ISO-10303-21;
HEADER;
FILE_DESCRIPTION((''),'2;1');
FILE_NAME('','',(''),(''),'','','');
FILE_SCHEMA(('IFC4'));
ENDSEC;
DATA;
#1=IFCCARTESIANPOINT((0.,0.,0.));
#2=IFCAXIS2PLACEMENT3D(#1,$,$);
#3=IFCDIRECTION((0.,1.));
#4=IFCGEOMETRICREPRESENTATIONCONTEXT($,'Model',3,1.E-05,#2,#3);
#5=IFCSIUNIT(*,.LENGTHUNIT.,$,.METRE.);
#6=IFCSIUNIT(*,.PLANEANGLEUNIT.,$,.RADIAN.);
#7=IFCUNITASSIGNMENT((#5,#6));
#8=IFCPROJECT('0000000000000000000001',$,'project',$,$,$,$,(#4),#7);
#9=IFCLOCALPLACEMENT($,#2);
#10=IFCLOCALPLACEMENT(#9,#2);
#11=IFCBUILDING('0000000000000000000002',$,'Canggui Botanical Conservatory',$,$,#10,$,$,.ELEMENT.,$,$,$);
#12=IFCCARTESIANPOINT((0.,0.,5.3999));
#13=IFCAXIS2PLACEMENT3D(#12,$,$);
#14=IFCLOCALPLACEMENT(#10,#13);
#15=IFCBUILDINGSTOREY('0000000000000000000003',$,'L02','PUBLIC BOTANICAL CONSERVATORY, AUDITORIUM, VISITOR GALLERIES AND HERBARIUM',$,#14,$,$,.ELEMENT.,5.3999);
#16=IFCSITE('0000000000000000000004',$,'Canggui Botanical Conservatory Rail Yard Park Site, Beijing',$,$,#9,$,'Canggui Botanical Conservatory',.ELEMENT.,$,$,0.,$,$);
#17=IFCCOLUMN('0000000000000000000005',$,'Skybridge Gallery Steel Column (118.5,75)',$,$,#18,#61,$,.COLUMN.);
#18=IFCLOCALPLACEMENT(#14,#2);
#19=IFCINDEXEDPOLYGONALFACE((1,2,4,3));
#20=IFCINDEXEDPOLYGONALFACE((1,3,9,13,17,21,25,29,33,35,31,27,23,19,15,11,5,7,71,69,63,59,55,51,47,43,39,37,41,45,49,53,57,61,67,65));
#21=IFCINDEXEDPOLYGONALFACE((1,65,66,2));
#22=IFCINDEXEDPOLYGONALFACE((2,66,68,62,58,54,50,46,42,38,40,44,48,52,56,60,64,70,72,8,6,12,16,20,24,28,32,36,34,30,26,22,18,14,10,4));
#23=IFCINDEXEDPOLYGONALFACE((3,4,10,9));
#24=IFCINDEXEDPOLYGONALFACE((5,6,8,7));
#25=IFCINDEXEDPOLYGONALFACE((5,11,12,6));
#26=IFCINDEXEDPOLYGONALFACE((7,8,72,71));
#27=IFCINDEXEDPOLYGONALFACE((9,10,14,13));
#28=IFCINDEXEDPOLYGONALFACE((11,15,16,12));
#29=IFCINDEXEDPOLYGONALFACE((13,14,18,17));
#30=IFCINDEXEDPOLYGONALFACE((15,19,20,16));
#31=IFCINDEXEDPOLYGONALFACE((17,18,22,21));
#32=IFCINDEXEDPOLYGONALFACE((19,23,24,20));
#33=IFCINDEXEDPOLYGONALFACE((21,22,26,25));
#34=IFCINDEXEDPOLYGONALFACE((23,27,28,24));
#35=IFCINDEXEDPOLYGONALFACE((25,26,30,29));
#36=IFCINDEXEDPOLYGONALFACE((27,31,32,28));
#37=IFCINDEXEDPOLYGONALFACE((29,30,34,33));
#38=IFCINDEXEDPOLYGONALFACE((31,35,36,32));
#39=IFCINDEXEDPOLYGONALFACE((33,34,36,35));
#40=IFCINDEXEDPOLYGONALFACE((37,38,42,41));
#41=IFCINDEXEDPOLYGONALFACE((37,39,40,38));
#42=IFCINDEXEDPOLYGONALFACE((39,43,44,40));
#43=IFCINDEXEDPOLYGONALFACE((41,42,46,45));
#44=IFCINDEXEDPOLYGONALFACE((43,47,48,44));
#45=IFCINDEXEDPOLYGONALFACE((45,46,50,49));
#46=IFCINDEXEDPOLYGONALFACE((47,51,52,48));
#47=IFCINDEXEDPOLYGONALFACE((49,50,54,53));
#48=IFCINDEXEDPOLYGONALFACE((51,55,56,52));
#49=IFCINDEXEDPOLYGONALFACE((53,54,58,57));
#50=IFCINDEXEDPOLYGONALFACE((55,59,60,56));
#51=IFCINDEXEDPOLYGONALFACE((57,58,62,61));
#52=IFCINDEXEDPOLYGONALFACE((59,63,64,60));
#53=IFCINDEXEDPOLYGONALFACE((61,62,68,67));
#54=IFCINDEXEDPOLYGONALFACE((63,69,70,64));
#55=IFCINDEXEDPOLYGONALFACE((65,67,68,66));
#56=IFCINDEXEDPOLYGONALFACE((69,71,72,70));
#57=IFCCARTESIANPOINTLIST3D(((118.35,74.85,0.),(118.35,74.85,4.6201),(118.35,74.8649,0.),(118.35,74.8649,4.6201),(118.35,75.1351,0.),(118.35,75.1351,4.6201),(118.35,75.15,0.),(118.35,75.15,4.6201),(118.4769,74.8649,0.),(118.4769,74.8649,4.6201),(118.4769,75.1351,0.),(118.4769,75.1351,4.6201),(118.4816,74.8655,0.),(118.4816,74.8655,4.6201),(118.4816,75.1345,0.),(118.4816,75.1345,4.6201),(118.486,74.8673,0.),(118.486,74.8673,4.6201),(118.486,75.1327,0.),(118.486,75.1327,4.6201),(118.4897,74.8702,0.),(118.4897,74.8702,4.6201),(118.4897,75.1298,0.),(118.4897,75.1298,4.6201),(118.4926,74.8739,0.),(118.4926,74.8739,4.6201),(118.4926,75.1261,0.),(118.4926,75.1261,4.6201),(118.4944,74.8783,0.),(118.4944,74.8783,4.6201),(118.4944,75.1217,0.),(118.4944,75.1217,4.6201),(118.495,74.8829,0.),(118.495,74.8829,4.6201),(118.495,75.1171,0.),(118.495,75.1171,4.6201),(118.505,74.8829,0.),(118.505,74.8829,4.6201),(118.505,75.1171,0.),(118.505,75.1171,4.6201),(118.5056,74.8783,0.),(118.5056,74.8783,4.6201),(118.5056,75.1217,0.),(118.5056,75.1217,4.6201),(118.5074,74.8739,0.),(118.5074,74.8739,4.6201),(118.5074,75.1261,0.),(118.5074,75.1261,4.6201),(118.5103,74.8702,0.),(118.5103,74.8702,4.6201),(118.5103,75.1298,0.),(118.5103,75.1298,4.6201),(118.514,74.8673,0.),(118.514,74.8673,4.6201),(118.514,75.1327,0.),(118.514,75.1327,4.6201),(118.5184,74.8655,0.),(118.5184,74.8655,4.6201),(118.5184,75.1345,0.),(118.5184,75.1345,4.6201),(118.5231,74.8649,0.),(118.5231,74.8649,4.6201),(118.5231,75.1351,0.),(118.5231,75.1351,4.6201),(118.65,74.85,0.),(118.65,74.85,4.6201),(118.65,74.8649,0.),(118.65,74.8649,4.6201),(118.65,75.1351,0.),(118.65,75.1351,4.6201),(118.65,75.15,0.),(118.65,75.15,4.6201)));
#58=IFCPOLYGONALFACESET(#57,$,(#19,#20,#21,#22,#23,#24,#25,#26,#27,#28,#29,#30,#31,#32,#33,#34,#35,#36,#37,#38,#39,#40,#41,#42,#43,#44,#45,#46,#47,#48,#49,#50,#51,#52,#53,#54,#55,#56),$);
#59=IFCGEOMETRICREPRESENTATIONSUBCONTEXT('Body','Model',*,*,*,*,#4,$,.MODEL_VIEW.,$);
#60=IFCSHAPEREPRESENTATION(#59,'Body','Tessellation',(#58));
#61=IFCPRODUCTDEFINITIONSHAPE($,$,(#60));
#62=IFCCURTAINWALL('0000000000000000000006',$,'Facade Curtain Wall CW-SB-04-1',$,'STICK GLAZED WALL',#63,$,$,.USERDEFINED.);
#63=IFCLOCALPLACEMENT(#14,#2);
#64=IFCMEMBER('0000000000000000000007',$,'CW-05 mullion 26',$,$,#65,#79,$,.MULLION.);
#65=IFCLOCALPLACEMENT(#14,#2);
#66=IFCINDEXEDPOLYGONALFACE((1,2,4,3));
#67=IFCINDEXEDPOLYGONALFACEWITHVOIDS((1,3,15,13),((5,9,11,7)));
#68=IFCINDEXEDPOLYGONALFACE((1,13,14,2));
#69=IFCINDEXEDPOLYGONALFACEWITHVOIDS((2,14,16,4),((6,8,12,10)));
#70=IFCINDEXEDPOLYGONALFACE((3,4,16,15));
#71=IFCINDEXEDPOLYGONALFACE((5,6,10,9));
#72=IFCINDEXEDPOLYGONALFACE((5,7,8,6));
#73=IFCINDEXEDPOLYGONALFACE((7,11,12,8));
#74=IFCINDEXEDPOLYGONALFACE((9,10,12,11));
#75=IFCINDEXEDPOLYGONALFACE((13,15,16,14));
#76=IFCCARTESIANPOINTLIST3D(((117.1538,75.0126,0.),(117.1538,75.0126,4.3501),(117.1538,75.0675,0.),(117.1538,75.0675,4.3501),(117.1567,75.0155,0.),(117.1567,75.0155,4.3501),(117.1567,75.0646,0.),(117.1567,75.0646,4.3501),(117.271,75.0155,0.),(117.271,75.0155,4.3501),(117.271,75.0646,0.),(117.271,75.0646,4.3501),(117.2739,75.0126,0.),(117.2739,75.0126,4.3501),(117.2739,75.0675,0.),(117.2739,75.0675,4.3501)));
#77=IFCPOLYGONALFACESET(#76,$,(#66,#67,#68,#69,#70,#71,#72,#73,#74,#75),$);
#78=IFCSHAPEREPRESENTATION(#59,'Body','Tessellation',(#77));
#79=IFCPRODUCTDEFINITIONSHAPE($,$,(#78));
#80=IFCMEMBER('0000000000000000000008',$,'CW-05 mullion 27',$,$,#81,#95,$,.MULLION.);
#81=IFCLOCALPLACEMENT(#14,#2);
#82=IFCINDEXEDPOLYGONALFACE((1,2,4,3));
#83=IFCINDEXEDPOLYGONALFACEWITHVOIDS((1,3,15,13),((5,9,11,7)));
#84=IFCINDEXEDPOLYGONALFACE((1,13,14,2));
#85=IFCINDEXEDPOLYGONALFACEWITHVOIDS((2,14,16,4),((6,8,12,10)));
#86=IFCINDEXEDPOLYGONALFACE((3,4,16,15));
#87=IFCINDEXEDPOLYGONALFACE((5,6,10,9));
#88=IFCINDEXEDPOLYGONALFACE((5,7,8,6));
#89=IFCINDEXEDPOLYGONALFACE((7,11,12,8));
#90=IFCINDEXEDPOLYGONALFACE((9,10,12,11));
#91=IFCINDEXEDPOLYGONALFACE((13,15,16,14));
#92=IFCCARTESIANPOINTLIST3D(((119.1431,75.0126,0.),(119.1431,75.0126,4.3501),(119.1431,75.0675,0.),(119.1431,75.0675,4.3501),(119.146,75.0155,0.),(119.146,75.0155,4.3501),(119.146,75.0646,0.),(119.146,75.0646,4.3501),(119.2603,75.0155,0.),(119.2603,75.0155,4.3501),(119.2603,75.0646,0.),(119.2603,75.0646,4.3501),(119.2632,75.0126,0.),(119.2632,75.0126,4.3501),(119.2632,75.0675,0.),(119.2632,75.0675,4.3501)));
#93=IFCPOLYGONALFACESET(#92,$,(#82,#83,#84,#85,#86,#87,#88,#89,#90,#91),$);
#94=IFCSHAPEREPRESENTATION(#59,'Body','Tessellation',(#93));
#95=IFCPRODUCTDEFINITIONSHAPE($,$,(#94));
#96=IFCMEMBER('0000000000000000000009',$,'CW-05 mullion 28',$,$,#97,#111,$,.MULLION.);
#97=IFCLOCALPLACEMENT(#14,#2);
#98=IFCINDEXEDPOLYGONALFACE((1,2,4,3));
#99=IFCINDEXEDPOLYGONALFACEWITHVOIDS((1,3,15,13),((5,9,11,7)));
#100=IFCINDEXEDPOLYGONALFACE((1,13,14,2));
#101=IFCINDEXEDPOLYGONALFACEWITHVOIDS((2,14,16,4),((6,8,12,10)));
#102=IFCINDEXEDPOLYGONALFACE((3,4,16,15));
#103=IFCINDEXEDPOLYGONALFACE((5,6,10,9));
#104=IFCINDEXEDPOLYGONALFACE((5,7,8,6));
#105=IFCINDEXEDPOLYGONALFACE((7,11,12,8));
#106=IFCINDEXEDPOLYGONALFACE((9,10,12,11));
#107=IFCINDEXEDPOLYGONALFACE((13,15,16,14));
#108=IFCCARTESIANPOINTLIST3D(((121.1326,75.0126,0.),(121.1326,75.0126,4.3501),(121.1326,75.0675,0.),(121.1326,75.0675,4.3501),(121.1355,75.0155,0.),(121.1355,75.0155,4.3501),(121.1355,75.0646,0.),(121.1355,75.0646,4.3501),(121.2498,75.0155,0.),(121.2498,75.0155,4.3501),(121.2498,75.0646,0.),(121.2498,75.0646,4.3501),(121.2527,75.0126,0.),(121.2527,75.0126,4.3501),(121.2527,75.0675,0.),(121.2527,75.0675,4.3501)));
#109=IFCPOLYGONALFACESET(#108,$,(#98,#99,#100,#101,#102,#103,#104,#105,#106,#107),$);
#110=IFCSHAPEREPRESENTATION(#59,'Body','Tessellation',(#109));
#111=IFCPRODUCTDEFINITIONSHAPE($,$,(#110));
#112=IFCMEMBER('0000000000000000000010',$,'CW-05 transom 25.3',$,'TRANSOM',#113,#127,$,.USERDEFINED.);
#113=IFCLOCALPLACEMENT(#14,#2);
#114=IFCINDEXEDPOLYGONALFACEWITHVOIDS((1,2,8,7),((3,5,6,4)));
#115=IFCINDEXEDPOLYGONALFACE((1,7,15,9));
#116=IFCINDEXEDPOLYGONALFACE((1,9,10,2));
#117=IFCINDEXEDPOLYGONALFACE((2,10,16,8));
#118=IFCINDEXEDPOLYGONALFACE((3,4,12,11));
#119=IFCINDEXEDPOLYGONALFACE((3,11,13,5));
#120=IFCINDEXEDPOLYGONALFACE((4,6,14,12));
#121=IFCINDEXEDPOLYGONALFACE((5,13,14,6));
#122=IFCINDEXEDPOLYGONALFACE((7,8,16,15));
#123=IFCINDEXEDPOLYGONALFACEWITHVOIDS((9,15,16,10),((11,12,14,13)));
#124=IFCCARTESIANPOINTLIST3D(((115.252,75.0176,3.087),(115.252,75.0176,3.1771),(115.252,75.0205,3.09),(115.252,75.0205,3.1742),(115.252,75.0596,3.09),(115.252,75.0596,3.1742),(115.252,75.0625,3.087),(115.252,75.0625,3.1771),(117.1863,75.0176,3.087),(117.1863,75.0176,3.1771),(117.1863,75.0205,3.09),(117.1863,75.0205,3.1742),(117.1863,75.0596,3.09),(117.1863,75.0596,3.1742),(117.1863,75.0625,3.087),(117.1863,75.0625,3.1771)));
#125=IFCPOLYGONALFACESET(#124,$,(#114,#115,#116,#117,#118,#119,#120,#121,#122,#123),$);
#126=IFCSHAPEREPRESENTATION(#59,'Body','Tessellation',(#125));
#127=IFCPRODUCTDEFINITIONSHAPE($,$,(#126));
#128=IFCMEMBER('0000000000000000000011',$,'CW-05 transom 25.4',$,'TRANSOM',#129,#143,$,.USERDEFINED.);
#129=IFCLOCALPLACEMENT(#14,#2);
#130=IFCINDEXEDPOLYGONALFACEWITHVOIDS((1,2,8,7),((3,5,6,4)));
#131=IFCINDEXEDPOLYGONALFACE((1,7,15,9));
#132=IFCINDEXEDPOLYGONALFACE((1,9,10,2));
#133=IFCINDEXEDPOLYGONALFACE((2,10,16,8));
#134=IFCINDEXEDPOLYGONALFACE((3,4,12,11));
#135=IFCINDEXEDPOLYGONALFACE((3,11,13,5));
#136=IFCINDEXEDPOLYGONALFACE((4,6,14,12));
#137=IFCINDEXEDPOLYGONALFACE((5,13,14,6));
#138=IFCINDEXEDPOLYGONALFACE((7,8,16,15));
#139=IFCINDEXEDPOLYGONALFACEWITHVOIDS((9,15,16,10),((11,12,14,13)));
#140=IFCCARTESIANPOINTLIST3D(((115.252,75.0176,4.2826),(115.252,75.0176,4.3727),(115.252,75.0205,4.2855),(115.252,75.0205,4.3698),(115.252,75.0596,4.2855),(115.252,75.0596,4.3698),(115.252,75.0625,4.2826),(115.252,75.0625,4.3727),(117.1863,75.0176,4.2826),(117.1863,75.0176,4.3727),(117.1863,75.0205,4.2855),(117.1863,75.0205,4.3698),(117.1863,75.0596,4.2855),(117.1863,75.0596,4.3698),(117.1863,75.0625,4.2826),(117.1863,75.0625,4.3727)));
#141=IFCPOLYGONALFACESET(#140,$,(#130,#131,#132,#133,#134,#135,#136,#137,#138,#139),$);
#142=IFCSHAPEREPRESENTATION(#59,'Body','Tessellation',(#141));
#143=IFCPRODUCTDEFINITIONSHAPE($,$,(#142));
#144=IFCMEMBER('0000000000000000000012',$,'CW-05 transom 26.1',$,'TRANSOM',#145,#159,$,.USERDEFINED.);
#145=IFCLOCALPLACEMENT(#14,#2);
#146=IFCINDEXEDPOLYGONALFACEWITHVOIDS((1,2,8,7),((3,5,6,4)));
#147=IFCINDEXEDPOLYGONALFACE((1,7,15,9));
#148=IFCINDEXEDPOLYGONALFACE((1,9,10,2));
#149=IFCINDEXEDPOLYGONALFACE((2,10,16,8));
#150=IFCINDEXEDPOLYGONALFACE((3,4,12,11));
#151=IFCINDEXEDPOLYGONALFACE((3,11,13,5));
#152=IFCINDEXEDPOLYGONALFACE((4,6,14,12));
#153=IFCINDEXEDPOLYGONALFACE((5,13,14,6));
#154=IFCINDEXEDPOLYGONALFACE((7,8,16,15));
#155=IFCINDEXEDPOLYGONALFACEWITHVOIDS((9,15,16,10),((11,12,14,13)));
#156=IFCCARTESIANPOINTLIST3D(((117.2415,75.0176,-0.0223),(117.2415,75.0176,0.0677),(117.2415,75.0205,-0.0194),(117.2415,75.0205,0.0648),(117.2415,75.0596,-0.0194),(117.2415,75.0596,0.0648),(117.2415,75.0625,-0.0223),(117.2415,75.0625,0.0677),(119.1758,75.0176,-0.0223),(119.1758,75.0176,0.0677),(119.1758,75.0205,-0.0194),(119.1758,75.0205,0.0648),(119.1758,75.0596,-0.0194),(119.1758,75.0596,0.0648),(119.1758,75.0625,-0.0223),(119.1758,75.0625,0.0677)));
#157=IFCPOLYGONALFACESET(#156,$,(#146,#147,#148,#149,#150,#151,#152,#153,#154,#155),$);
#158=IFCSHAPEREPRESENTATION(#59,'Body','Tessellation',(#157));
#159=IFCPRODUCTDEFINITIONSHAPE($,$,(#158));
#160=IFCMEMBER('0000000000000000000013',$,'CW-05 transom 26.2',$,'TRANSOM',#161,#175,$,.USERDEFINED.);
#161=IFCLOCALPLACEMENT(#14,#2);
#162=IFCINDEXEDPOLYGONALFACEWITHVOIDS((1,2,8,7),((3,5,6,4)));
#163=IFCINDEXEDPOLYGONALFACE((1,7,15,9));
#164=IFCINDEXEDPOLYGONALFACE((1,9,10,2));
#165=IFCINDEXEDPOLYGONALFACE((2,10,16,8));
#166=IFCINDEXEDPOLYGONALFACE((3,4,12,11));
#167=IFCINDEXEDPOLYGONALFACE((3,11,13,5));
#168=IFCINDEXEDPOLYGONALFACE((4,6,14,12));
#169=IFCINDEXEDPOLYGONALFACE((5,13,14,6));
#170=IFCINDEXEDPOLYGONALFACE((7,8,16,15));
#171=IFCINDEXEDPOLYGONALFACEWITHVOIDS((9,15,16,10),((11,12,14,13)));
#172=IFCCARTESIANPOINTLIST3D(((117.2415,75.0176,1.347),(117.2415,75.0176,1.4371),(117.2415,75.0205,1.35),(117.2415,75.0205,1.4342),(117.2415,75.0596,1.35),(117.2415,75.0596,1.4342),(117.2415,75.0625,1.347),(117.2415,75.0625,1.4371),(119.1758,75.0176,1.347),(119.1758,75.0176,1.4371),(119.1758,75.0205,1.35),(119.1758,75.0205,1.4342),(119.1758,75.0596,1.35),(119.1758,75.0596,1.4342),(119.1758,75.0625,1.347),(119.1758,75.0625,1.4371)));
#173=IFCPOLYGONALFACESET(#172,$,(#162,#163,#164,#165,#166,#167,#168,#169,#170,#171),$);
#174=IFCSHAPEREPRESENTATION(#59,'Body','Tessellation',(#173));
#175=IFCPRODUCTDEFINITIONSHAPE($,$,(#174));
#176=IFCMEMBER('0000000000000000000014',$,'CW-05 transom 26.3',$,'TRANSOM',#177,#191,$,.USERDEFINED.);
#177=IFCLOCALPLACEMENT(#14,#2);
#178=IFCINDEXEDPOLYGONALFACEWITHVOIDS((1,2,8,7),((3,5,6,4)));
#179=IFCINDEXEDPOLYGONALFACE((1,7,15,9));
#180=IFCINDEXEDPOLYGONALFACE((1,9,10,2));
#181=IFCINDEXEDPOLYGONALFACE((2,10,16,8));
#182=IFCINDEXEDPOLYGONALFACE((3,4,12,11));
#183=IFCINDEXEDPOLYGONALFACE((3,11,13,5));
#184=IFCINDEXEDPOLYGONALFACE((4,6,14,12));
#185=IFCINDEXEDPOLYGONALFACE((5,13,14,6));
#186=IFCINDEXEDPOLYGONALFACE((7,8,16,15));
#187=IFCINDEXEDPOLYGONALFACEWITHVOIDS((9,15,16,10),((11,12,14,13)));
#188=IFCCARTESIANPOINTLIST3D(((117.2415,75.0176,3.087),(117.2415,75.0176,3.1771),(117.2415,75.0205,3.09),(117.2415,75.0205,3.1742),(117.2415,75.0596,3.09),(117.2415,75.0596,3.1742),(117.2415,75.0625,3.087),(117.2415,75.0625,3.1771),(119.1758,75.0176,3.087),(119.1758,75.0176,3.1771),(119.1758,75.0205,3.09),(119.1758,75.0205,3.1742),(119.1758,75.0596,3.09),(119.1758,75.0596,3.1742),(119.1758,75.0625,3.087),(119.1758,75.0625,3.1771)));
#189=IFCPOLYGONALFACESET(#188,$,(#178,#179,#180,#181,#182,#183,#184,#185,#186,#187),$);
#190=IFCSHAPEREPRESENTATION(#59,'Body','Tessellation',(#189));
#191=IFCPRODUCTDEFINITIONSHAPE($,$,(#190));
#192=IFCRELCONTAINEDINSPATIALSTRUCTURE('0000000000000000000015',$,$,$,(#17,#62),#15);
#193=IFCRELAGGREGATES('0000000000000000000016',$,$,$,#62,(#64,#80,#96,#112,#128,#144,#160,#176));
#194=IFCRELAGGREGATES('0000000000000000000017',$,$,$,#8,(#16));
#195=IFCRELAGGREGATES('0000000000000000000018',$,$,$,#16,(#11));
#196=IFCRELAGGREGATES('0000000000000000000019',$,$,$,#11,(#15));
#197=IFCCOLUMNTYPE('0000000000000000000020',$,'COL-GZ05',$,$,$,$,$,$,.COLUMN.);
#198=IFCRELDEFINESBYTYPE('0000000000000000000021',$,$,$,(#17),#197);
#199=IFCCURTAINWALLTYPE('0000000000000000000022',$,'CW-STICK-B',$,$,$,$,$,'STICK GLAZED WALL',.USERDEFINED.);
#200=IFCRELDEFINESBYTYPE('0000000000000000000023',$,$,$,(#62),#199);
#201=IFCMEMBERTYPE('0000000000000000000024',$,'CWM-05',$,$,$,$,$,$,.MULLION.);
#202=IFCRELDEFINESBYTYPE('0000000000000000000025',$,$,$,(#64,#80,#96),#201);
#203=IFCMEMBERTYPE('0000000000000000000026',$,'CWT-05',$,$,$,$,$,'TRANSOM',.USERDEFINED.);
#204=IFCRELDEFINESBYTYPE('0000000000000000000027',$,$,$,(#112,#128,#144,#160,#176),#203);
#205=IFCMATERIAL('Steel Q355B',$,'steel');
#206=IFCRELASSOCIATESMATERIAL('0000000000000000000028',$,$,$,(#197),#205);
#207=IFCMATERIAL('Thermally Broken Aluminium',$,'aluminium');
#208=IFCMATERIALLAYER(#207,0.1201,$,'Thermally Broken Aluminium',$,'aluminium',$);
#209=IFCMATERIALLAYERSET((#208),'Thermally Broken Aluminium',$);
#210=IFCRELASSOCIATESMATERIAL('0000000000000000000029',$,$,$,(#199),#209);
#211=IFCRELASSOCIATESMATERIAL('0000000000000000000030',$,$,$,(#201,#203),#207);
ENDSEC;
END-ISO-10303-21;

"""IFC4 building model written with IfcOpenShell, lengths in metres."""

from ifc_helpers import new_model, si_unit, direction, frame, origin, origin_2d, place, context, subcontext, project, spatial, hollow_rectangle, i_section, extrude, material, layer, layer_set, material_profile, profile_set, type_object, element, aggregate, save


model = new_model("IFC4")

# Units and contexts
model_context = context("Model", 3, precision=1e-05, world=origin(), true_north=direction((0.0, 1.0)))
body_context = subcontext(model_context, "Body", "Model", "MODEL_VIEW")
ifc_project = project(units=[si_unit("LENGTHUNIT", "METRE"), si_unit("PLANEANGLEUNIT", "RADIAN")], contexts=[model_context])

# Site, building, storey
site_placement = place(None, origin())
site = spatial("IfcSite", under=ifc_project, at=site_placement, Name="Canggui Botanical Conservatory Rail Yard Park Site, Beijing", LongName="Canggui Botanical Conservatory", CompositionType="ELEMENT", RefElevation=0.0)
building_placement = place(site_placement, origin())
building = spatial("IfcBuilding", under=site, at=building_placement, Name="Canggui Botanical Conservatory", CompositionType="ELEMENT")
storey_placement = place(building_placement, frame((0.0, 0.0, 5.3999)))
storey = spatial("IfcBuildingStorey", under=building, at=storey_placement, Name="L02", Description="PUBLIC BOTANICAL CONSERVATORY, AUDITORIUM, VISITOR GALLERIES AND HERBARIUM", CompositionType="ELEMENT", Elevation=5.3999)

# Column
ifc_material_1 = material(Name="Steel Q355B", Category="steel")
ifc_material_profile_1 = material_profile(ifc_material_1, i_section(OverallWidth=0.3, OverallDepth=0.3, WebThickness=0.01, FlangeThickness=0.0149, FilletRadius=0.0181, at=origin_2d()), Name="HW 300x300x10x15")
ifc_profile_set_1 = profile_set([ifc_material_profile_1], Name="Steel Q355B")
column_type = type_object("IfcColumnType", Name="COL-GZ05", PredefinedType="COLUMN", material=ifc_profile_set_1)
column_placement = place(storey_placement, frame((118.5, 75.0, 0.0), z_axis=(0.0, 0.0, 1.0), x_axis=(1.0, 0.0, 0.0)))
element("IfcColumn", 1, at=column_placement, inside=storey, type_object=column_type, Name="Skybridge Gallery Steel Column (118.5,75)", PredefinedType="COLUMN", context=body_context, shape_type="SweptSolid", body=[
    extrude(i_section(OverallWidth=0.3, OverallDepth=0.3, WebThickness=0.01, FlangeThickness=0.0149, FilletRadius=0.0181, at=origin_2d()), origin(), (0.0, 0.0, 1.0), 4.6201),
])

# Curtain wall, members
ifc_material_2 = material(Name="Thermally Broken Aluminium", Category="aluminium")
ifc_layer_1 = layer(ifc_material_2, 0.1201, Name="Thermally Broken Aluminium", Category="aluminium")
ifc_layer_set_1 = layer_set([ifc_layer_1], Name="Thermally Broken Aluminium")
curtain_wall_type = type_object("IfcCurtainWallType", Name="CW-STICK-B", ElementType="STICK GLAZED WALL", PredefinedType="USERDEFINED", material=ifc_layer_set_1)
curtain_wall_placement = place(storey_placement, origin())
curtain_wall = element("IfcCurtainWall", 2, at=curtain_wall_placement, inside=storey, type_object=curtain_wall_type, Name="Facade Curtain Wall CW-SB-04-1", ObjectType="STICK GLAZED WALL", PredefinedType="USERDEFINED")
ifc_material_profile_2 = material_profile(ifc_material_2, hollow_rectangle(XDim=0.0549, YDim=0.1201, WallThickness=0.0029, at=origin_2d()), Name="CWM 55x120x3")
ifc_profile_set_2 = profile_set([ifc_material_profile_2], Name="Thermally Broken Aluminium")
member_type_1 = type_object("IfcMemberType", Name="CWM-05", PredefinedType="MULLION", material=ifc_profile_set_2)
member_1_placement = place(storey_placement, frame((117.2139, 75.04, 0.0), z_axis=(0.0, 0.0, 1.0), x_axis=(0.0, 1.0, 0.0)))
member_1 = element("IfcMember", 3, at=member_1_placement, type_object=member_type_1, Name="CW-05 mullion 26", PredefinedType="MULLION", context=body_context, shape_type="SweptSolid", body=[
    extrude(hollow_rectangle(XDim=0.0549, YDim=0.1201, WallThickness=0.0029, at=origin_2d()), origin(), (0.0, 0.0, 1.0), 4.3501),
])
member_2_placement = place(storey_placement, frame((119.2031, 75.04, 0.0), z_axis=(0.0, 0.0, 1.0), x_axis=(0.0, 1.0, 0.0)))
member_2 = element("IfcMember", 4, at=member_2_placement, type_object=member_type_1, Name="CW-05 mullion 27", PredefinedType="MULLION", context=body_context, shape_type="SweptSolid", body=[
    extrude(hollow_rectangle(XDim=0.0549, YDim=0.1201, WallThickness=0.0029, at=origin_2d()), origin(), (0.0, 0.0, 1.0), 4.3501),
])
member_3_placement = place(storey_placement, frame((121.1926, 75.04, 0.0), z_axis=(0.0, 0.0, 1.0), x_axis=(0.0, 1.0, 0.0)))
member_3 = element("IfcMember", 5, at=member_3_placement, type_object=member_type_1, Name="CW-05 mullion 28", PredefinedType="MULLION", context=body_context, shape_type="SweptSolid", body=[
    extrude(hollow_rectangle(XDim=0.0549, YDim=0.1201, WallThickness=0.0029, at=origin_2d()), origin(), (0.0, 0.0, 1.0), 4.3501),
])
ifc_material_profile_3 = material_profile(ifc_material_2, hollow_rectangle(XDim=0.0449, YDim=0.0901, WallThickness=0.0029, at=origin_2d()), Name="CWT 45x90x3")
ifc_profile_set_3 = profile_set([ifc_material_profile_3], Name="Thermally Broken Aluminium")
member_type_2 = type_object("IfcMemberType", Name="CWT-05", ElementType="TRANSOM", PredefinedType="USERDEFINED", material=ifc_profile_set_3)
member_4_placement = place(storey_placement, frame((115.252, 75.04, 3.1321), z_axis=(1.0, 0.0, 0.0), x_axis=(0.0, 1.0, 0.0)))
member_4 = element("IfcMember", 6, at=member_4_placement, type_object=member_type_2, Name="CW-05 transom 25.3", ObjectType="TRANSOM", PredefinedType="USERDEFINED", context=body_context, shape_type="SweptSolid", body=[
    extrude(hollow_rectangle(XDim=0.0449, YDim=0.0901, WallThickness=0.0029, at=origin_2d()), origin(), (0.0, 0.0, 1.0), 1.9343),
])
member_5_placement = place(storey_placement, frame((115.252, 75.04, 4.3276), z_axis=(1.0, 0.0, 0.0), x_axis=(0.0, 1.0, 0.0)))
member_5 = element("IfcMember", 7, at=member_5_placement, type_object=member_type_2, Name="CW-05 transom 25.4", ObjectType="TRANSOM", PredefinedType="USERDEFINED", context=body_context, shape_type="SweptSolid", body=[
    extrude(hollow_rectangle(XDim=0.0449, YDim=0.0901, WallThickness=0.0029, at=origin_2d()), origin(), (0.0, 0.0, 1.0), 1.9343),
])
member_6_placement = place(storey_placement, frame((117.2415, 75.04, 0.0227), z_axis=(1.0, 0.0, 0.0), x_axis=(0.0, 1.0, 0.0)))
member_6 = element("IfcMember", 8, at=member_6_placement, type_object=member_type_2, Name="CW-05 transom 26.1", ObjectType="TRANSOM", PredefinedType="USERDEFINED", context=body_context, shape_type="SweptSolid", body=[
    extrude(hollow_rectangle(XDim=0.0449, YDim=0.0901, WallThickness=0.0029, at=origin_2d()), origin(), (0.0, 0.0, 1.0), 1.9343),
])
member_7_placement = place(storey_placement, frame((117.2415, 75.04, 1.3921), z_axis=(1.0, 0.0, 0.0), x_axis=(0.0, 1.0, 0.0)))
member_7 = element("IfcMember", 9, at=member_7_placement, type_object=member_type_2, Name="CW-05 transom 26.2", ObjectType="TRANSOM", PredefinedType="USERDEFINED", context=body_context, shape_type="SweptSolid", body=[
    extrude(hollow_rectangle(XDim=0.0449, YDim=0.0901, WallThickness=0.0029, at=origin_2d()), origin(), (0.0, 0.0, 1.0), 1.9343),
])
member_8_placement = place(storey_placement, frame((117.2415, 75.04, 3.1321), z_axis=(1.0, 0.0, 0.0), x_axis=(0.0, 1.0, 0.0)))
member_8 = element("IfcMember", 10, at=member_8_placement, type_object=member_type_2, Name="CW-05 transom 26.3", ObjectType="TRANSOM", PredefinedType="USERDEFINED", context=body_context, shape_type="SweptSolid", body=[
    extrude(hollow_rectangle(XDim=0.0449, YDim=0.0901, WallThickness=0.0029, at=origin_2d()), origin(), (0.0, 0.0, 1.0), 1.9343),
])

aggregate(curtain_wall, [member_1, member_2, member_3, member_4, member_5, member_6, member_7, member_8])

save(model, "model.ifc")
